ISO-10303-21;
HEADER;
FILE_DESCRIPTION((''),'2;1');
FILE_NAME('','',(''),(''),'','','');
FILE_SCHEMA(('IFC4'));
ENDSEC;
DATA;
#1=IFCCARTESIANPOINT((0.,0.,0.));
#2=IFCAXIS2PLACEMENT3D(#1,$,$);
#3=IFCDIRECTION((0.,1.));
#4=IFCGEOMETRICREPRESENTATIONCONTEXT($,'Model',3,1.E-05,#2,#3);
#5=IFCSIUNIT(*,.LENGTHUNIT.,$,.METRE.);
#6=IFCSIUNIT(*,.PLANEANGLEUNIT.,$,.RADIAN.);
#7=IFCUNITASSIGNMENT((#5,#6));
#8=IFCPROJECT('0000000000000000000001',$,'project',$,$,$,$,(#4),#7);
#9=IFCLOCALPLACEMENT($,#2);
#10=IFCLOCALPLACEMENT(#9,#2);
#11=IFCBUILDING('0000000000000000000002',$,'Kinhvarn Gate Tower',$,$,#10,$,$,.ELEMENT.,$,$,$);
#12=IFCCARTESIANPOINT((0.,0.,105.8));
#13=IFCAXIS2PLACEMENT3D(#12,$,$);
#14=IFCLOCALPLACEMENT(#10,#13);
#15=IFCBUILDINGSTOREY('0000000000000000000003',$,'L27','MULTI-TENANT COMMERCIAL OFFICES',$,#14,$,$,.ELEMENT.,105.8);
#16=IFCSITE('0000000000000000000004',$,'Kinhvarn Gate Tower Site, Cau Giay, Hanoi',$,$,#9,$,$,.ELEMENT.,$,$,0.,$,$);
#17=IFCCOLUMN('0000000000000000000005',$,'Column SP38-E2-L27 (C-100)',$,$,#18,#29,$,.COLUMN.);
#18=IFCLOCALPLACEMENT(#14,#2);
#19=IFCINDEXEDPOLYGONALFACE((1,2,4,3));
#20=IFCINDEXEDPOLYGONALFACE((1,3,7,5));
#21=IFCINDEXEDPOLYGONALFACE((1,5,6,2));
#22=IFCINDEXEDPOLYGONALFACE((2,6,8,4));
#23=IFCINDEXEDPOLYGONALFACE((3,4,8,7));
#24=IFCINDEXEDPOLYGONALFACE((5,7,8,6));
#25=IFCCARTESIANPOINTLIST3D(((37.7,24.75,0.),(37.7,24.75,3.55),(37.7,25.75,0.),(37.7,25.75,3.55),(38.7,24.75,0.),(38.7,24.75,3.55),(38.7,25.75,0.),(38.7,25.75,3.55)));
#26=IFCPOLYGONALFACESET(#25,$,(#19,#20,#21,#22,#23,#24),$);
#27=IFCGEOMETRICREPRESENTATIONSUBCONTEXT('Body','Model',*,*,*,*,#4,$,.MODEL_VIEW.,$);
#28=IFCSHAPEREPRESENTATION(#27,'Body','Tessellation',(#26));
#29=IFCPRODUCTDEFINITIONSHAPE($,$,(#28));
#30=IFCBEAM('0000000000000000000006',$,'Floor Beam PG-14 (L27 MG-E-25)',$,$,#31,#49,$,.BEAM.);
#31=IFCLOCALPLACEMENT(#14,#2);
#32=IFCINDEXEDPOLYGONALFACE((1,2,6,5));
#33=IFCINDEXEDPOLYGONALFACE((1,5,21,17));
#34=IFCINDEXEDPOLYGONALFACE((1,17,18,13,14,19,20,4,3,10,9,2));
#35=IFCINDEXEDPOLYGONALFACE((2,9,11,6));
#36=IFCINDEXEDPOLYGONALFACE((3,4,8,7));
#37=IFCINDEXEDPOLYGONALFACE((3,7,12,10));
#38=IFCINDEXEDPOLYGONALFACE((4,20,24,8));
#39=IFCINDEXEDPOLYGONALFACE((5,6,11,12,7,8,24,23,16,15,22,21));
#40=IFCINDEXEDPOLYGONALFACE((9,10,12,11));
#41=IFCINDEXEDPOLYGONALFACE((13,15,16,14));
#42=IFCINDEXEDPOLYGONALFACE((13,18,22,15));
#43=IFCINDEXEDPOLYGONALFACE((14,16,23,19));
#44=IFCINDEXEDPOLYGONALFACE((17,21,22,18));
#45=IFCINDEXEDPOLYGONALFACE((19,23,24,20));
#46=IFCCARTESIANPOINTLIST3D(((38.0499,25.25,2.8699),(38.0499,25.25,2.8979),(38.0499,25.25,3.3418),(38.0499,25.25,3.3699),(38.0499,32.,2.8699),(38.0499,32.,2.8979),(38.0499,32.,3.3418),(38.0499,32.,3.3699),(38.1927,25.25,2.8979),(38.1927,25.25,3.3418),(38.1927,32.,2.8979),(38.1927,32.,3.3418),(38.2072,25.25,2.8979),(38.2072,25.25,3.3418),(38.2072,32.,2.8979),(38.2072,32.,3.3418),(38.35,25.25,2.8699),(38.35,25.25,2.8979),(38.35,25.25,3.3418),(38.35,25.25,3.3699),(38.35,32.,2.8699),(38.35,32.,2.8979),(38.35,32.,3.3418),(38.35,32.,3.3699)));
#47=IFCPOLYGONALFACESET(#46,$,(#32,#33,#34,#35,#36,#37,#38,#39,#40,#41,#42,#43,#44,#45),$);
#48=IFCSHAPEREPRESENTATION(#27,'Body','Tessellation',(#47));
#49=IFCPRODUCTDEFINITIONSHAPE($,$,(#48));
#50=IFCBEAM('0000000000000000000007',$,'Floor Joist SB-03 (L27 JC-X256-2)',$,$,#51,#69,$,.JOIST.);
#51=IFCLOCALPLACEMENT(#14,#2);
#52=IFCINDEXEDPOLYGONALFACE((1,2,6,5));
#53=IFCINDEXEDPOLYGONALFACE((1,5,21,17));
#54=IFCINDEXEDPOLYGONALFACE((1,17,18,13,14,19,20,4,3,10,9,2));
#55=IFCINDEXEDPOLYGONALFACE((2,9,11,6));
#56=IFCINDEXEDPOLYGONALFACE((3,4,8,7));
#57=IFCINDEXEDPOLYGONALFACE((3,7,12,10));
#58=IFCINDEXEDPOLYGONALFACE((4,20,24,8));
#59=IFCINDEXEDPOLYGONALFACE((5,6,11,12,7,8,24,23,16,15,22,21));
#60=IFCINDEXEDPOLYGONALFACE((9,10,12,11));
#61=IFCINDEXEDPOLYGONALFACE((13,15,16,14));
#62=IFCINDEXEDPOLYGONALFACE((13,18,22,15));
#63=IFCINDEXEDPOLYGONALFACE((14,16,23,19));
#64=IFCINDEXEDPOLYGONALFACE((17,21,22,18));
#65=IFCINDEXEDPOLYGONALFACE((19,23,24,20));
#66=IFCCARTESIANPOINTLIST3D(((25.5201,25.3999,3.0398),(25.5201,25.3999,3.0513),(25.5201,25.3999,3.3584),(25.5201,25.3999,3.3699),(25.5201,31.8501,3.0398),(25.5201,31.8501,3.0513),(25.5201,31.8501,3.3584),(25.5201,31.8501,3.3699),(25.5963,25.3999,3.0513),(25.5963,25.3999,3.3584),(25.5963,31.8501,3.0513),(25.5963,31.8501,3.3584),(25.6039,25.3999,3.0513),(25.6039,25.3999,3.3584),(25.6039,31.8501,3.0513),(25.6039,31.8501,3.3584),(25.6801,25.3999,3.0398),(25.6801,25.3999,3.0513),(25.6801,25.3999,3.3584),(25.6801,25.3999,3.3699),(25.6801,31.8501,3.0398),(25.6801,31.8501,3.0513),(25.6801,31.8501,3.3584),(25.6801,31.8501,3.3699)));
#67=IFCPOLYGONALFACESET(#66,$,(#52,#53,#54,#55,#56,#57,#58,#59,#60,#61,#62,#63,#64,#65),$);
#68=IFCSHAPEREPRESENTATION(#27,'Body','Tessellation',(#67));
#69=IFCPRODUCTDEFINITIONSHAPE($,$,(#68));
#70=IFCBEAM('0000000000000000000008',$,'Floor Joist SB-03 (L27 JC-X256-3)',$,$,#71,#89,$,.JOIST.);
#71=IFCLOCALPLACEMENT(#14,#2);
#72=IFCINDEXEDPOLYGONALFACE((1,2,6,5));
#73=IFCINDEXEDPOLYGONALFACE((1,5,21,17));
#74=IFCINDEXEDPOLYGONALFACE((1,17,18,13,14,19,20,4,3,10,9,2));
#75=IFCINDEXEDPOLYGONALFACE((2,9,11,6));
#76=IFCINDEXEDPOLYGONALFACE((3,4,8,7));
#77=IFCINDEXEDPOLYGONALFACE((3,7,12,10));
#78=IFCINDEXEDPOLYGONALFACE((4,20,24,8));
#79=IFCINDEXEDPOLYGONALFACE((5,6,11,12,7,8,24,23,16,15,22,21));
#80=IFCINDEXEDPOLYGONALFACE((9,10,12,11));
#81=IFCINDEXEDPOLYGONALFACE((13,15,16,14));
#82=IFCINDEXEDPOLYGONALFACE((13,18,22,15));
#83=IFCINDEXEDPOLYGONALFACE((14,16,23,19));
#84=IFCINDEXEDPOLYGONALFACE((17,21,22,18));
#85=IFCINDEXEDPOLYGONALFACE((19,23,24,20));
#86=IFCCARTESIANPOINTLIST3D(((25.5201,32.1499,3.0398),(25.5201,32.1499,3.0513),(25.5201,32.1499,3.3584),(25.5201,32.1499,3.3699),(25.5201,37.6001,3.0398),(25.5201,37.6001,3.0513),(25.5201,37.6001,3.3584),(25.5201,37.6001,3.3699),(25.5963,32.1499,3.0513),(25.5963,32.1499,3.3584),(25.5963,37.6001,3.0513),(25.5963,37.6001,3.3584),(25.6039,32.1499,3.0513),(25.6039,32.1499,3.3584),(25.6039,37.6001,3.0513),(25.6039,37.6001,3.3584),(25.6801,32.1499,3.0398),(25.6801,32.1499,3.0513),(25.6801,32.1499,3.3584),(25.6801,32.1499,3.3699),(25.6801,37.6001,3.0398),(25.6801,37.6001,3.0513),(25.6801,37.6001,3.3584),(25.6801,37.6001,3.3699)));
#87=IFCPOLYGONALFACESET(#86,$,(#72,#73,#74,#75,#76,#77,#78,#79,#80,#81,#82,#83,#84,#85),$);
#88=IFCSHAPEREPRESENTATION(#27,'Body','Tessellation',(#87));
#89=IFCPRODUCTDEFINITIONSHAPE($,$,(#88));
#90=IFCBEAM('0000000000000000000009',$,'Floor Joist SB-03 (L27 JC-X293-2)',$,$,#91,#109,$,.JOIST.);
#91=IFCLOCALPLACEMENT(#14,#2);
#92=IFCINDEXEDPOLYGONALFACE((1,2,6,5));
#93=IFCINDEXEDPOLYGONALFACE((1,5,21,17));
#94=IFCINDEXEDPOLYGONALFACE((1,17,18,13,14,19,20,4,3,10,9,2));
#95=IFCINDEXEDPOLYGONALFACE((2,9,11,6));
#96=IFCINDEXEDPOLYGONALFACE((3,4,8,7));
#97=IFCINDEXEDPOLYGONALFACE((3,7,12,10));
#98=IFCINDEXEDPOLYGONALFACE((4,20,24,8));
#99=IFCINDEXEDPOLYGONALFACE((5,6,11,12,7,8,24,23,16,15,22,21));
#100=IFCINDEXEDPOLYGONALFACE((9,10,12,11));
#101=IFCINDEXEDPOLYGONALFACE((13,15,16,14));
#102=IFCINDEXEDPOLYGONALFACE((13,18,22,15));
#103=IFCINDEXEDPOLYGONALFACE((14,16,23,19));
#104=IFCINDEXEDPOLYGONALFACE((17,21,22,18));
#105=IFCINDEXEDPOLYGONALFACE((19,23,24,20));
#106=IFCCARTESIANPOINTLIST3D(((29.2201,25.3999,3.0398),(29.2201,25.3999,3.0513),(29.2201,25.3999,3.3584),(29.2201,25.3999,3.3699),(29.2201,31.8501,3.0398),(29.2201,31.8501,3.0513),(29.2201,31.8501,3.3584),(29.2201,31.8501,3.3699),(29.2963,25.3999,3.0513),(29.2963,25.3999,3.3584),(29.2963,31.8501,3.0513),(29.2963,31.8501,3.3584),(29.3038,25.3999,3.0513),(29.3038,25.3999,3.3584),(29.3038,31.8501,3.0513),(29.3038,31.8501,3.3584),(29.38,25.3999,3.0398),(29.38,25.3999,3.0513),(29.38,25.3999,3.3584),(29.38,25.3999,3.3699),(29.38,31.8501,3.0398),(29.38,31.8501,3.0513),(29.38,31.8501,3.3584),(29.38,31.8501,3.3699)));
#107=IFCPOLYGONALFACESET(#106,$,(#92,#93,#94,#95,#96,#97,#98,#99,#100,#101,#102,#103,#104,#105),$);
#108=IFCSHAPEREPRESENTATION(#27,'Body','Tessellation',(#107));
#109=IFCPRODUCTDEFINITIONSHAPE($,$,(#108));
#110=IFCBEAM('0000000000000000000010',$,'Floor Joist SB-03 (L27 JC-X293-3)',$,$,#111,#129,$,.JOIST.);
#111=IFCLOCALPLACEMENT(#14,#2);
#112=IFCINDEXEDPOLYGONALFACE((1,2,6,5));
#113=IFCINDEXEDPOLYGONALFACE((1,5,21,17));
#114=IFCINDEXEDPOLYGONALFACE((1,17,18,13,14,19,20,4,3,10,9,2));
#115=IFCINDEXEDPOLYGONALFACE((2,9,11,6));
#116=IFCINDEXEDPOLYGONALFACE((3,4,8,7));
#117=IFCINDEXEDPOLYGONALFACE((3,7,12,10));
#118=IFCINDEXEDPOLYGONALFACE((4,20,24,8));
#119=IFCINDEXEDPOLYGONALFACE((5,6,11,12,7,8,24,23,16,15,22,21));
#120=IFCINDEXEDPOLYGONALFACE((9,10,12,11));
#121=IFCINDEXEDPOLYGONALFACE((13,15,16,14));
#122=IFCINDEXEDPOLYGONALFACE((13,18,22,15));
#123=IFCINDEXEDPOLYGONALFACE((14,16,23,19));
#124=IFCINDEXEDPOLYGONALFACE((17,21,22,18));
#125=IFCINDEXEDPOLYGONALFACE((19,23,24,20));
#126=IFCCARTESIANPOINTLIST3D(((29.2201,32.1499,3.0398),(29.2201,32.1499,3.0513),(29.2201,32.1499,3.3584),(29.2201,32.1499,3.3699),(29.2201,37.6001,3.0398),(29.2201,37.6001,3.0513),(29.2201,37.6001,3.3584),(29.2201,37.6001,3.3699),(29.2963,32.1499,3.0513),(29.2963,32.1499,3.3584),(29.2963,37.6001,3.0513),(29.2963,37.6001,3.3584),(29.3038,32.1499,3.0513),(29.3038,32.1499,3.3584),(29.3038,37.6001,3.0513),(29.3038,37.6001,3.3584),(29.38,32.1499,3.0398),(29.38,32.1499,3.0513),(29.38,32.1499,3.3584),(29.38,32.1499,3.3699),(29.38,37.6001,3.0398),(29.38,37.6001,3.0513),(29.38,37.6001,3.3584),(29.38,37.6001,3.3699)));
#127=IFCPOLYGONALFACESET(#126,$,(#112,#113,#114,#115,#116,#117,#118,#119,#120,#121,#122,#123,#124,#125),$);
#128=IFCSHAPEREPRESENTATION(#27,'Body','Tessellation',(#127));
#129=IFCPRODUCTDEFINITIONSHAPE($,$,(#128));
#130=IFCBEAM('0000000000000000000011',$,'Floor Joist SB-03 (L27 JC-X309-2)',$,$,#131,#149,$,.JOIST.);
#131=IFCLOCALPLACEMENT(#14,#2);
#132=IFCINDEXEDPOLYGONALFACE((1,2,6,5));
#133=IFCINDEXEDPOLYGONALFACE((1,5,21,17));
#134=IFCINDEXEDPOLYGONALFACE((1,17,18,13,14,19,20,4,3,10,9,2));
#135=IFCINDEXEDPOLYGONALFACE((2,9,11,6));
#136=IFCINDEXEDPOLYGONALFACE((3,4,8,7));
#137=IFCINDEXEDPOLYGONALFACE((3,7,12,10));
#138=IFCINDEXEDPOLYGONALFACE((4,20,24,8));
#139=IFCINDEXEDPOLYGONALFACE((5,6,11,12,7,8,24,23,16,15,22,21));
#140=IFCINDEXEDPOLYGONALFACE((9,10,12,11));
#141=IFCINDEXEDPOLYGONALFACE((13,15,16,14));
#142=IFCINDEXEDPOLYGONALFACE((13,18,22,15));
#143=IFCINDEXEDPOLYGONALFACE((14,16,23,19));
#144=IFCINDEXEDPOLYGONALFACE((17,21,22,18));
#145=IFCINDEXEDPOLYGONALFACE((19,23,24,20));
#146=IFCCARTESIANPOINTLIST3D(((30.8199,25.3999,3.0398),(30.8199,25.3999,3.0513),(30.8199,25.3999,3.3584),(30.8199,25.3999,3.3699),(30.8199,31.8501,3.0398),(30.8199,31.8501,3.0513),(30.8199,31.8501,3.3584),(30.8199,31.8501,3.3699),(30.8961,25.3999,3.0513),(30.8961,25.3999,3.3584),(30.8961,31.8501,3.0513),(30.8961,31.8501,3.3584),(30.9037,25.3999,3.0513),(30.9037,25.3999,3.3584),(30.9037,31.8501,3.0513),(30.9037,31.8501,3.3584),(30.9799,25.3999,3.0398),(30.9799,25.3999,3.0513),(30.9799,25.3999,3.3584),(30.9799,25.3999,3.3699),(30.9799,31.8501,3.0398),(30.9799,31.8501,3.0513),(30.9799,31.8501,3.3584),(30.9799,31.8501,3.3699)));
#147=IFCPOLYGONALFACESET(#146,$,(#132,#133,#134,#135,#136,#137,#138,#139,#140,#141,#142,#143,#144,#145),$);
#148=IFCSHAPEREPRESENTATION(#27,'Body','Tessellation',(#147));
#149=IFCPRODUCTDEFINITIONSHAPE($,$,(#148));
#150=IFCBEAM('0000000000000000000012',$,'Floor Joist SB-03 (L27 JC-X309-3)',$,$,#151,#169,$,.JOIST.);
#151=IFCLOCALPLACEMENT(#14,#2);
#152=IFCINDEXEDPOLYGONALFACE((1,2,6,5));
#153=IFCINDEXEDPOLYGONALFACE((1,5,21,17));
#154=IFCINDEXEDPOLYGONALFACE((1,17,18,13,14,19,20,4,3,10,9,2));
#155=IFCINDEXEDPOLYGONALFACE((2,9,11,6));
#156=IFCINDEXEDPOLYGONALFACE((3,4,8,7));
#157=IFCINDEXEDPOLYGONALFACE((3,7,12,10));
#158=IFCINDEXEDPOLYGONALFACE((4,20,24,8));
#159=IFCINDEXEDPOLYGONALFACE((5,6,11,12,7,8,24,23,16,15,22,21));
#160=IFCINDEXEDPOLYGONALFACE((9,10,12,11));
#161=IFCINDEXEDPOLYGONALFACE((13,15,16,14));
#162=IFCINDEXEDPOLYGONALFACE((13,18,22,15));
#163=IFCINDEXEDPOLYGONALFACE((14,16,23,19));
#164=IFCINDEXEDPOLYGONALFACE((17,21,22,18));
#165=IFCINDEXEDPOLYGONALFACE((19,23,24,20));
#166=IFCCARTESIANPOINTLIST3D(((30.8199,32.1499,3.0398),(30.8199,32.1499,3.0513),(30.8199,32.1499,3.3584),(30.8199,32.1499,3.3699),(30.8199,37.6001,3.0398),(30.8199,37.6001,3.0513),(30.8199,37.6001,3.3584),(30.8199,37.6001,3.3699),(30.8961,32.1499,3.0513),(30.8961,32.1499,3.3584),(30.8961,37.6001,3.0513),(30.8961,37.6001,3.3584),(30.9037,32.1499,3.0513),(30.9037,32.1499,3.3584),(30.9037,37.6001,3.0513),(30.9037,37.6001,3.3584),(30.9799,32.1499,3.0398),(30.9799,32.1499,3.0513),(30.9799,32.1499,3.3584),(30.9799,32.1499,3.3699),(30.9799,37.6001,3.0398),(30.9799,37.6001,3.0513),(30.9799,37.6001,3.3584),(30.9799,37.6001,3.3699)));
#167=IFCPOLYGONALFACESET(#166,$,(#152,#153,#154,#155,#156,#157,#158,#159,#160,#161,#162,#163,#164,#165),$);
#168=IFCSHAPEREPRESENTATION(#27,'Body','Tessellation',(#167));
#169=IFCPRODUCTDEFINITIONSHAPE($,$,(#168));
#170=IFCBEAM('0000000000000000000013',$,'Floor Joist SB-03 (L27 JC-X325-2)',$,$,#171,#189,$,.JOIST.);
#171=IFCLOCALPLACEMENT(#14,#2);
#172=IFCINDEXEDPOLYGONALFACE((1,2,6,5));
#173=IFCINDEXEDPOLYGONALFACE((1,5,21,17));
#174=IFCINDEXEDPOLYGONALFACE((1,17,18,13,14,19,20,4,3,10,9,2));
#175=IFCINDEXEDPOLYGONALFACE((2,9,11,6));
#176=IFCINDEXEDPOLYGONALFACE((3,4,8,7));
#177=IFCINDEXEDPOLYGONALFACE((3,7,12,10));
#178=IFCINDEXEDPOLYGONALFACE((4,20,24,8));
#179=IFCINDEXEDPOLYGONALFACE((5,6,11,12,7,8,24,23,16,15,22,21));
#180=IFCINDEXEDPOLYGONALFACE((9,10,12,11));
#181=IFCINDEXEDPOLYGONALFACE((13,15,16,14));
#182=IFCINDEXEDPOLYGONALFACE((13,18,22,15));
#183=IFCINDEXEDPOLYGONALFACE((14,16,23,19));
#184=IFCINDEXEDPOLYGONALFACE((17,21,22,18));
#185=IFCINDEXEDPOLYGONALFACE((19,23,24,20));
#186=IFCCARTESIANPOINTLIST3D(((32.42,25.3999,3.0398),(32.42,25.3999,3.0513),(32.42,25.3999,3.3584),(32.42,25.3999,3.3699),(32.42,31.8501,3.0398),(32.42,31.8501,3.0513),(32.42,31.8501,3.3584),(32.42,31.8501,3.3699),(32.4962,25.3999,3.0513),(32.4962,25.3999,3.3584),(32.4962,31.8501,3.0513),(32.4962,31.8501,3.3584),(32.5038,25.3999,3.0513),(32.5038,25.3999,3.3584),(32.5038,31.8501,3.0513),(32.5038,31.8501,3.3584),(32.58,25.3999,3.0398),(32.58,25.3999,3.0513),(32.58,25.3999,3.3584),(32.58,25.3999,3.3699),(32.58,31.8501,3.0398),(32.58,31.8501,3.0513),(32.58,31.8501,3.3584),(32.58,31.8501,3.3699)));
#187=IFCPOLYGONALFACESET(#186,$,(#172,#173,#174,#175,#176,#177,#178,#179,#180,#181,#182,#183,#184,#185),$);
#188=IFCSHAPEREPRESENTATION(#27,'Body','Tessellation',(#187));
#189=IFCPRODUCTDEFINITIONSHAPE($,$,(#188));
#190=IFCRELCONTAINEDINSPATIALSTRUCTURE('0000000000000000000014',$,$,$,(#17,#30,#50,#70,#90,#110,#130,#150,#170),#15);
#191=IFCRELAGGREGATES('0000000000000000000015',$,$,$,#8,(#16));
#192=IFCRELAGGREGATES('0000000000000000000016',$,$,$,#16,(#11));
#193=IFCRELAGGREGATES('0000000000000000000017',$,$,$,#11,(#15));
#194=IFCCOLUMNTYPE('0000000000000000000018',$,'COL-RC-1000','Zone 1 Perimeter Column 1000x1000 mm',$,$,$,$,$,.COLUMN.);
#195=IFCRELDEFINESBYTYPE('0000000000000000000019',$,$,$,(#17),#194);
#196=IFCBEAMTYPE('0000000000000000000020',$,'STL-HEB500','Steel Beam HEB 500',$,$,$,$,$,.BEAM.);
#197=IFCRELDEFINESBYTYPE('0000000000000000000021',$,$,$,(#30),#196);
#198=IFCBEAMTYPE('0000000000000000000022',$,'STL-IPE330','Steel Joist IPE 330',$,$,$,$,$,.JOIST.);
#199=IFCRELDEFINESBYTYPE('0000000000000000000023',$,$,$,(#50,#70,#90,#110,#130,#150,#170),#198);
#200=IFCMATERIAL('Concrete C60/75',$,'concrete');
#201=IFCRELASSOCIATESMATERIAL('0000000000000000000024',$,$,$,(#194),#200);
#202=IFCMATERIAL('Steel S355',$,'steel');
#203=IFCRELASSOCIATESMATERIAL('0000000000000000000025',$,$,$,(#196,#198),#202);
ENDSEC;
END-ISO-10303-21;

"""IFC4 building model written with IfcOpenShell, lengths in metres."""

from ifc_helpers import new_model, si_unit, direction, frame, origin, origin_2d, place, context, subcontext, project, spatial, rectangle, i_section, extrude, material, material_profile, profile_set, type_object, element, save


model = new_model("IFC4")

# Units and contexts
model_context = context("Model", 3, precision=1e-05, world=origin(), true_north=direction((0.0, 1.0)))
body_context = subcontext(model_context, "Body", "Model", "MODEL_VIEW")
ifc_project = project(units=[si_unit("LENGTHUNIT", "METRE"), si_unit("PLANEANGLEUNIT", "RADIAN")], contexts=[model_context])

# Site, building, storey
site_placement = place(None, origin())
site = spatial("IfcSite", under=ifc_project, at=site_placement, Name="Kinhvarn Gate Tower Site, Cau Giay, Hanoi", CompositionType="ELEMENT", RefElevation=0.0)
building_placement = place(site_placement, origin())
building = spatial("IfcBuilding", under=site, at=building_placement, Name="Kinhvarn Gate Tower", CompositionType="ELEMENT")
storey_placement = place(building_placement, frame((0.0, 0.0, 105.8)))
storey = spatial("IfcBuildingStorey", under=building, at=storey_placement, Name="L27", Description="MULTI-TENANT COMMERCIAL OFFICES", CompositionType="ELEMENT", Elevation=105.8)

# Column
ifc_material_1 = material(Name="Concrete C60/75", Category="concrete")
ifc_material_profile_1 = material_profile(ifc_material_1, rectangle(XDim=1.0, YDim=1.0, at=origin_2d()), Name="RC 1000x1000")
ifc_profile_set_1 = profile_set([ifc_material_profile_1], Name="Concrete C60/75")
column_type = type_object("IfcColumnType", Name="COL-RC-1000", Description="Zone 1 Perimeter Column 1000x1000 mm", PredefinedType="COLUMN", material=ifc_profile_set_1)
column_placement = place(storey_placement, frame((38.2, 25.25, 0.0), z_axis=(0.0, 0.0, 1.0), x_axis=(1.0, 0.0, 0.0)))
element("IfcColumn", 1, at=column_placement, inside=storey, type_object=column_type, Name="Column SP38-E2-L27 (C-100)", PredefinedType="COLUMN", context=body_context, shape_type="SweptSolid", body=[
    extrude(rectangle(XDim=1.0, YDim=1.0, at=origin_2d()), origin(), (0.0, 0.0, 1.0), 3.55),
])

# Beams
ifc_material_2 = material(Name="Steel S355", Category="steel")
ifc_material_profile_2 = material_profile(ifc_material_2, i_section(OverallWidth=0.3, OverallDepth=0.5, WebThickness=0.0144, FlangeThickness=0.0281, at=origin_2d()), Name="HEB 500")
ifc_profile_set_2 = profile_set([ifc_material_profile_2], Name="Steel S355")
beam_type_1 = type_object("IfcBeamType", Name="STL-HEB500", Description="Steel Beam HEB 500", PredefinedType="BEAM", material=ifc_profile_set_2)
beam_1_placement = place(storey_placement, frame((38.2, 25.25, 3.1199), z_axis=(0.0, 1.0, 0.0), x_axis=(-1.0, 0.0, 0.0)))
element("IfcBeam", 2, at=beam_1_placement, inside=storey, type_object=beam_type_1, Name="Floor Beam PG-14 (L27 MG-E-25)", PredefinedType="BEAM", context=body_context, shape_type="SweptSolid", body=[
    extrude(i_section(OverallWidth=0.3, OverallDepth=0.5, WebThickness=0.0144, FlangeThickness=0.0281, at=origin_2d()), origin(), (0.0, 0.0, 1.0), 6.75),
])
ifc_material_profile_3 = material_profile(ifc_material_2, i_section(OverallWidth=0.1599, OverallDepth=0.3301, WebThickness=0.0076, FlangeThickness=0.0115, at=origin_2d()), Name="IPE 330")
ifc_profile_set_3 = profile_set([ifc_material_profile_3], Name="Steel S355")
beam_type_2 = type_object("IfcBeamType", Name="STL-IPE330", Description="Steel Joist IPE 330", PredefinedType="JOIST", material=ifc_profile_set_3)
beam_2_placement = place(storey_placement, frame((25.6001, 25.3999, 3.2048), z_axis=(0.0, 1.0, 0.0), x_axis=(-1.0, 0.0, 0.0)))
element("IfcBeam", 3, at=beam_2_placement, inside=storey, type_object=beam_type_2, Name="Floor Joist SB-03 (L27 JC-X256-2)", PredefinedType="JOIST", context=body_context, shape_type="SweptSolid", body=[
    extrude(i_section(OverallWidth=0.1599, OverallDepth=0.3301, WebThickness=0.0076, FlangeThickness=0.0115, at=origin_2d()), origin(), (0.0, 0.0, 1.0), 6.4502),
])
beam_3_placement = place(storey_placement, frame((25.6001, 32.1499, 3.2048), z_axis=(0.0, 1.0, 0.0), x_axis=(-1.0, 0.0, 0.0)))
element("IfcBeam", 4, at=beam_3_placement, inside=storey, type_object=beam_type_2, Name="Floor Joist SB-03 (L27 JC-X256-3)", PredefinedType="JOIST", context=body_context, shape_type="SweptSolid", body=[
    extrude(i_section(OverallWidth=0.1599, OverallDepth=0.3301, WebThickness=0.0076, FlangeThickness=0.0115, at=origin_2d()), origin(), (0.0, 0.0, 1.0), 5.4502),
])
beam_4_placement = place(storey_placement, frame((29.3, 25.3999, 3.2048), z_axis=(0.0, 1.0, 0.0), x_axis=(-1.0, 0.0, 0.0)))
element("IfcBeam", 5, at=beam_4_placement, inside=storey, type_object=beam_type_2, Name="Floor Joist SB-03 (L27 JC-X293-2)", PredefinedType="JOIST", context=body_context, shape_type="SweptSolid", body=[
    extrude(i_section(OverallWidth=0.1599, OverallDepth=0.3301, WebThickness=0.0076, FlangeThickness=0.0115, at=origin_2d()), origin(), (0.0, 0.0, 1.0), 6.4502),
])
beam_5_placement = place(storey_placement, frame((29.3, 32.1499, 3.2048), z_axis=(0.0, 1.0, 0.0), x_axis=(-1.0, 0.0, 0.0)))
element("IfcBeam", 6, at=beam_5_placement, inside=storey, type_object=beam_type_2, Name="Floor Joist SB-03 (L27 JC-X293-3)", PredefinedType="JOIST", context=body_context, shape_type="SweptSolid", body=[
    extrude(i_section(OverallWidth=0.1599, OverallDepth=0.3301, WebThickness=0.0076, FlangeThickness=0.0115, at=origin_2d()), origin(), (0.0, 0.0, 1.0), 5.4502),
])
beam_6_placement = place(storey_placement, frame((30.8999, 25.3999, 3.2048), z_axis=(0.0, 1.0, 0.0), x_axis=(-1.0, 0.0, 0.0)))
element("IfcBeam", 7, at=beam_6_placement, inside=storey, type_object=beam_type_2, Name="Floor Joist SB-03 (L27 JC-X309-2)", PredefinedType="JOIST", context=body_context, shape_type="SweptSolid", body=[
    extrude(i_section(OverallWidth=0.1599, OverallDepth=0.3301, WebThickness=0.0076, FlangeThickness=0.0115, at=origin_2d()), origin(), (0.0, 0.0, 1.0), 6.4502),
])
beam_7_placement = place(storey_placement, frame((30.8999, 32.1499, 3.2048), z_axis=(0.0, 1.0, 0.0), x_axis=(-1.0, 0.0, 0.0)))
element("IfcBeam", 8, at=beam_7_placement, inside=storey, type_object=beam_type_2, Name="Floor Joist SB-03 (L27 JC-X309-3)", PredefinedType="JOIST", context=body_context, shape_type="SweptSolid", body=[
    extrude(i_section(OverallWidth=0.1599, OverallDepth=0.3301, WebThickness=0.0076, FlangeThickness=0.0115, at=origin_2d()), origin(), (0.0, 0.0, 1.0), 5.4502),
])
beam_8_placement = place(storey_placement, frame((32.5, 25.3999, 3.2048), z_axis=(0.0, 1.0, 0.0), x_axis=(-1.0, 0.0, 0.0)))
element("IfcBeam", 9, at=beam_8_placement, inside=storey, type_object=beam_type_2, Name="Floor Joist SB-03 (L27 JC-X325-2)", PredefinedType="JOIST", context=body_context, shape_type="SweptSolid", body=[
    extrude(i_section(OverallWidth=0.1599, OverallDepth=0.3301, WebThickness=0.0076, FlangeThickness=0.0115, at=origin_2d()), origin(), (0.0, 0.0, 1.0), 6.4502),
])

save(model, "model.ifc")
